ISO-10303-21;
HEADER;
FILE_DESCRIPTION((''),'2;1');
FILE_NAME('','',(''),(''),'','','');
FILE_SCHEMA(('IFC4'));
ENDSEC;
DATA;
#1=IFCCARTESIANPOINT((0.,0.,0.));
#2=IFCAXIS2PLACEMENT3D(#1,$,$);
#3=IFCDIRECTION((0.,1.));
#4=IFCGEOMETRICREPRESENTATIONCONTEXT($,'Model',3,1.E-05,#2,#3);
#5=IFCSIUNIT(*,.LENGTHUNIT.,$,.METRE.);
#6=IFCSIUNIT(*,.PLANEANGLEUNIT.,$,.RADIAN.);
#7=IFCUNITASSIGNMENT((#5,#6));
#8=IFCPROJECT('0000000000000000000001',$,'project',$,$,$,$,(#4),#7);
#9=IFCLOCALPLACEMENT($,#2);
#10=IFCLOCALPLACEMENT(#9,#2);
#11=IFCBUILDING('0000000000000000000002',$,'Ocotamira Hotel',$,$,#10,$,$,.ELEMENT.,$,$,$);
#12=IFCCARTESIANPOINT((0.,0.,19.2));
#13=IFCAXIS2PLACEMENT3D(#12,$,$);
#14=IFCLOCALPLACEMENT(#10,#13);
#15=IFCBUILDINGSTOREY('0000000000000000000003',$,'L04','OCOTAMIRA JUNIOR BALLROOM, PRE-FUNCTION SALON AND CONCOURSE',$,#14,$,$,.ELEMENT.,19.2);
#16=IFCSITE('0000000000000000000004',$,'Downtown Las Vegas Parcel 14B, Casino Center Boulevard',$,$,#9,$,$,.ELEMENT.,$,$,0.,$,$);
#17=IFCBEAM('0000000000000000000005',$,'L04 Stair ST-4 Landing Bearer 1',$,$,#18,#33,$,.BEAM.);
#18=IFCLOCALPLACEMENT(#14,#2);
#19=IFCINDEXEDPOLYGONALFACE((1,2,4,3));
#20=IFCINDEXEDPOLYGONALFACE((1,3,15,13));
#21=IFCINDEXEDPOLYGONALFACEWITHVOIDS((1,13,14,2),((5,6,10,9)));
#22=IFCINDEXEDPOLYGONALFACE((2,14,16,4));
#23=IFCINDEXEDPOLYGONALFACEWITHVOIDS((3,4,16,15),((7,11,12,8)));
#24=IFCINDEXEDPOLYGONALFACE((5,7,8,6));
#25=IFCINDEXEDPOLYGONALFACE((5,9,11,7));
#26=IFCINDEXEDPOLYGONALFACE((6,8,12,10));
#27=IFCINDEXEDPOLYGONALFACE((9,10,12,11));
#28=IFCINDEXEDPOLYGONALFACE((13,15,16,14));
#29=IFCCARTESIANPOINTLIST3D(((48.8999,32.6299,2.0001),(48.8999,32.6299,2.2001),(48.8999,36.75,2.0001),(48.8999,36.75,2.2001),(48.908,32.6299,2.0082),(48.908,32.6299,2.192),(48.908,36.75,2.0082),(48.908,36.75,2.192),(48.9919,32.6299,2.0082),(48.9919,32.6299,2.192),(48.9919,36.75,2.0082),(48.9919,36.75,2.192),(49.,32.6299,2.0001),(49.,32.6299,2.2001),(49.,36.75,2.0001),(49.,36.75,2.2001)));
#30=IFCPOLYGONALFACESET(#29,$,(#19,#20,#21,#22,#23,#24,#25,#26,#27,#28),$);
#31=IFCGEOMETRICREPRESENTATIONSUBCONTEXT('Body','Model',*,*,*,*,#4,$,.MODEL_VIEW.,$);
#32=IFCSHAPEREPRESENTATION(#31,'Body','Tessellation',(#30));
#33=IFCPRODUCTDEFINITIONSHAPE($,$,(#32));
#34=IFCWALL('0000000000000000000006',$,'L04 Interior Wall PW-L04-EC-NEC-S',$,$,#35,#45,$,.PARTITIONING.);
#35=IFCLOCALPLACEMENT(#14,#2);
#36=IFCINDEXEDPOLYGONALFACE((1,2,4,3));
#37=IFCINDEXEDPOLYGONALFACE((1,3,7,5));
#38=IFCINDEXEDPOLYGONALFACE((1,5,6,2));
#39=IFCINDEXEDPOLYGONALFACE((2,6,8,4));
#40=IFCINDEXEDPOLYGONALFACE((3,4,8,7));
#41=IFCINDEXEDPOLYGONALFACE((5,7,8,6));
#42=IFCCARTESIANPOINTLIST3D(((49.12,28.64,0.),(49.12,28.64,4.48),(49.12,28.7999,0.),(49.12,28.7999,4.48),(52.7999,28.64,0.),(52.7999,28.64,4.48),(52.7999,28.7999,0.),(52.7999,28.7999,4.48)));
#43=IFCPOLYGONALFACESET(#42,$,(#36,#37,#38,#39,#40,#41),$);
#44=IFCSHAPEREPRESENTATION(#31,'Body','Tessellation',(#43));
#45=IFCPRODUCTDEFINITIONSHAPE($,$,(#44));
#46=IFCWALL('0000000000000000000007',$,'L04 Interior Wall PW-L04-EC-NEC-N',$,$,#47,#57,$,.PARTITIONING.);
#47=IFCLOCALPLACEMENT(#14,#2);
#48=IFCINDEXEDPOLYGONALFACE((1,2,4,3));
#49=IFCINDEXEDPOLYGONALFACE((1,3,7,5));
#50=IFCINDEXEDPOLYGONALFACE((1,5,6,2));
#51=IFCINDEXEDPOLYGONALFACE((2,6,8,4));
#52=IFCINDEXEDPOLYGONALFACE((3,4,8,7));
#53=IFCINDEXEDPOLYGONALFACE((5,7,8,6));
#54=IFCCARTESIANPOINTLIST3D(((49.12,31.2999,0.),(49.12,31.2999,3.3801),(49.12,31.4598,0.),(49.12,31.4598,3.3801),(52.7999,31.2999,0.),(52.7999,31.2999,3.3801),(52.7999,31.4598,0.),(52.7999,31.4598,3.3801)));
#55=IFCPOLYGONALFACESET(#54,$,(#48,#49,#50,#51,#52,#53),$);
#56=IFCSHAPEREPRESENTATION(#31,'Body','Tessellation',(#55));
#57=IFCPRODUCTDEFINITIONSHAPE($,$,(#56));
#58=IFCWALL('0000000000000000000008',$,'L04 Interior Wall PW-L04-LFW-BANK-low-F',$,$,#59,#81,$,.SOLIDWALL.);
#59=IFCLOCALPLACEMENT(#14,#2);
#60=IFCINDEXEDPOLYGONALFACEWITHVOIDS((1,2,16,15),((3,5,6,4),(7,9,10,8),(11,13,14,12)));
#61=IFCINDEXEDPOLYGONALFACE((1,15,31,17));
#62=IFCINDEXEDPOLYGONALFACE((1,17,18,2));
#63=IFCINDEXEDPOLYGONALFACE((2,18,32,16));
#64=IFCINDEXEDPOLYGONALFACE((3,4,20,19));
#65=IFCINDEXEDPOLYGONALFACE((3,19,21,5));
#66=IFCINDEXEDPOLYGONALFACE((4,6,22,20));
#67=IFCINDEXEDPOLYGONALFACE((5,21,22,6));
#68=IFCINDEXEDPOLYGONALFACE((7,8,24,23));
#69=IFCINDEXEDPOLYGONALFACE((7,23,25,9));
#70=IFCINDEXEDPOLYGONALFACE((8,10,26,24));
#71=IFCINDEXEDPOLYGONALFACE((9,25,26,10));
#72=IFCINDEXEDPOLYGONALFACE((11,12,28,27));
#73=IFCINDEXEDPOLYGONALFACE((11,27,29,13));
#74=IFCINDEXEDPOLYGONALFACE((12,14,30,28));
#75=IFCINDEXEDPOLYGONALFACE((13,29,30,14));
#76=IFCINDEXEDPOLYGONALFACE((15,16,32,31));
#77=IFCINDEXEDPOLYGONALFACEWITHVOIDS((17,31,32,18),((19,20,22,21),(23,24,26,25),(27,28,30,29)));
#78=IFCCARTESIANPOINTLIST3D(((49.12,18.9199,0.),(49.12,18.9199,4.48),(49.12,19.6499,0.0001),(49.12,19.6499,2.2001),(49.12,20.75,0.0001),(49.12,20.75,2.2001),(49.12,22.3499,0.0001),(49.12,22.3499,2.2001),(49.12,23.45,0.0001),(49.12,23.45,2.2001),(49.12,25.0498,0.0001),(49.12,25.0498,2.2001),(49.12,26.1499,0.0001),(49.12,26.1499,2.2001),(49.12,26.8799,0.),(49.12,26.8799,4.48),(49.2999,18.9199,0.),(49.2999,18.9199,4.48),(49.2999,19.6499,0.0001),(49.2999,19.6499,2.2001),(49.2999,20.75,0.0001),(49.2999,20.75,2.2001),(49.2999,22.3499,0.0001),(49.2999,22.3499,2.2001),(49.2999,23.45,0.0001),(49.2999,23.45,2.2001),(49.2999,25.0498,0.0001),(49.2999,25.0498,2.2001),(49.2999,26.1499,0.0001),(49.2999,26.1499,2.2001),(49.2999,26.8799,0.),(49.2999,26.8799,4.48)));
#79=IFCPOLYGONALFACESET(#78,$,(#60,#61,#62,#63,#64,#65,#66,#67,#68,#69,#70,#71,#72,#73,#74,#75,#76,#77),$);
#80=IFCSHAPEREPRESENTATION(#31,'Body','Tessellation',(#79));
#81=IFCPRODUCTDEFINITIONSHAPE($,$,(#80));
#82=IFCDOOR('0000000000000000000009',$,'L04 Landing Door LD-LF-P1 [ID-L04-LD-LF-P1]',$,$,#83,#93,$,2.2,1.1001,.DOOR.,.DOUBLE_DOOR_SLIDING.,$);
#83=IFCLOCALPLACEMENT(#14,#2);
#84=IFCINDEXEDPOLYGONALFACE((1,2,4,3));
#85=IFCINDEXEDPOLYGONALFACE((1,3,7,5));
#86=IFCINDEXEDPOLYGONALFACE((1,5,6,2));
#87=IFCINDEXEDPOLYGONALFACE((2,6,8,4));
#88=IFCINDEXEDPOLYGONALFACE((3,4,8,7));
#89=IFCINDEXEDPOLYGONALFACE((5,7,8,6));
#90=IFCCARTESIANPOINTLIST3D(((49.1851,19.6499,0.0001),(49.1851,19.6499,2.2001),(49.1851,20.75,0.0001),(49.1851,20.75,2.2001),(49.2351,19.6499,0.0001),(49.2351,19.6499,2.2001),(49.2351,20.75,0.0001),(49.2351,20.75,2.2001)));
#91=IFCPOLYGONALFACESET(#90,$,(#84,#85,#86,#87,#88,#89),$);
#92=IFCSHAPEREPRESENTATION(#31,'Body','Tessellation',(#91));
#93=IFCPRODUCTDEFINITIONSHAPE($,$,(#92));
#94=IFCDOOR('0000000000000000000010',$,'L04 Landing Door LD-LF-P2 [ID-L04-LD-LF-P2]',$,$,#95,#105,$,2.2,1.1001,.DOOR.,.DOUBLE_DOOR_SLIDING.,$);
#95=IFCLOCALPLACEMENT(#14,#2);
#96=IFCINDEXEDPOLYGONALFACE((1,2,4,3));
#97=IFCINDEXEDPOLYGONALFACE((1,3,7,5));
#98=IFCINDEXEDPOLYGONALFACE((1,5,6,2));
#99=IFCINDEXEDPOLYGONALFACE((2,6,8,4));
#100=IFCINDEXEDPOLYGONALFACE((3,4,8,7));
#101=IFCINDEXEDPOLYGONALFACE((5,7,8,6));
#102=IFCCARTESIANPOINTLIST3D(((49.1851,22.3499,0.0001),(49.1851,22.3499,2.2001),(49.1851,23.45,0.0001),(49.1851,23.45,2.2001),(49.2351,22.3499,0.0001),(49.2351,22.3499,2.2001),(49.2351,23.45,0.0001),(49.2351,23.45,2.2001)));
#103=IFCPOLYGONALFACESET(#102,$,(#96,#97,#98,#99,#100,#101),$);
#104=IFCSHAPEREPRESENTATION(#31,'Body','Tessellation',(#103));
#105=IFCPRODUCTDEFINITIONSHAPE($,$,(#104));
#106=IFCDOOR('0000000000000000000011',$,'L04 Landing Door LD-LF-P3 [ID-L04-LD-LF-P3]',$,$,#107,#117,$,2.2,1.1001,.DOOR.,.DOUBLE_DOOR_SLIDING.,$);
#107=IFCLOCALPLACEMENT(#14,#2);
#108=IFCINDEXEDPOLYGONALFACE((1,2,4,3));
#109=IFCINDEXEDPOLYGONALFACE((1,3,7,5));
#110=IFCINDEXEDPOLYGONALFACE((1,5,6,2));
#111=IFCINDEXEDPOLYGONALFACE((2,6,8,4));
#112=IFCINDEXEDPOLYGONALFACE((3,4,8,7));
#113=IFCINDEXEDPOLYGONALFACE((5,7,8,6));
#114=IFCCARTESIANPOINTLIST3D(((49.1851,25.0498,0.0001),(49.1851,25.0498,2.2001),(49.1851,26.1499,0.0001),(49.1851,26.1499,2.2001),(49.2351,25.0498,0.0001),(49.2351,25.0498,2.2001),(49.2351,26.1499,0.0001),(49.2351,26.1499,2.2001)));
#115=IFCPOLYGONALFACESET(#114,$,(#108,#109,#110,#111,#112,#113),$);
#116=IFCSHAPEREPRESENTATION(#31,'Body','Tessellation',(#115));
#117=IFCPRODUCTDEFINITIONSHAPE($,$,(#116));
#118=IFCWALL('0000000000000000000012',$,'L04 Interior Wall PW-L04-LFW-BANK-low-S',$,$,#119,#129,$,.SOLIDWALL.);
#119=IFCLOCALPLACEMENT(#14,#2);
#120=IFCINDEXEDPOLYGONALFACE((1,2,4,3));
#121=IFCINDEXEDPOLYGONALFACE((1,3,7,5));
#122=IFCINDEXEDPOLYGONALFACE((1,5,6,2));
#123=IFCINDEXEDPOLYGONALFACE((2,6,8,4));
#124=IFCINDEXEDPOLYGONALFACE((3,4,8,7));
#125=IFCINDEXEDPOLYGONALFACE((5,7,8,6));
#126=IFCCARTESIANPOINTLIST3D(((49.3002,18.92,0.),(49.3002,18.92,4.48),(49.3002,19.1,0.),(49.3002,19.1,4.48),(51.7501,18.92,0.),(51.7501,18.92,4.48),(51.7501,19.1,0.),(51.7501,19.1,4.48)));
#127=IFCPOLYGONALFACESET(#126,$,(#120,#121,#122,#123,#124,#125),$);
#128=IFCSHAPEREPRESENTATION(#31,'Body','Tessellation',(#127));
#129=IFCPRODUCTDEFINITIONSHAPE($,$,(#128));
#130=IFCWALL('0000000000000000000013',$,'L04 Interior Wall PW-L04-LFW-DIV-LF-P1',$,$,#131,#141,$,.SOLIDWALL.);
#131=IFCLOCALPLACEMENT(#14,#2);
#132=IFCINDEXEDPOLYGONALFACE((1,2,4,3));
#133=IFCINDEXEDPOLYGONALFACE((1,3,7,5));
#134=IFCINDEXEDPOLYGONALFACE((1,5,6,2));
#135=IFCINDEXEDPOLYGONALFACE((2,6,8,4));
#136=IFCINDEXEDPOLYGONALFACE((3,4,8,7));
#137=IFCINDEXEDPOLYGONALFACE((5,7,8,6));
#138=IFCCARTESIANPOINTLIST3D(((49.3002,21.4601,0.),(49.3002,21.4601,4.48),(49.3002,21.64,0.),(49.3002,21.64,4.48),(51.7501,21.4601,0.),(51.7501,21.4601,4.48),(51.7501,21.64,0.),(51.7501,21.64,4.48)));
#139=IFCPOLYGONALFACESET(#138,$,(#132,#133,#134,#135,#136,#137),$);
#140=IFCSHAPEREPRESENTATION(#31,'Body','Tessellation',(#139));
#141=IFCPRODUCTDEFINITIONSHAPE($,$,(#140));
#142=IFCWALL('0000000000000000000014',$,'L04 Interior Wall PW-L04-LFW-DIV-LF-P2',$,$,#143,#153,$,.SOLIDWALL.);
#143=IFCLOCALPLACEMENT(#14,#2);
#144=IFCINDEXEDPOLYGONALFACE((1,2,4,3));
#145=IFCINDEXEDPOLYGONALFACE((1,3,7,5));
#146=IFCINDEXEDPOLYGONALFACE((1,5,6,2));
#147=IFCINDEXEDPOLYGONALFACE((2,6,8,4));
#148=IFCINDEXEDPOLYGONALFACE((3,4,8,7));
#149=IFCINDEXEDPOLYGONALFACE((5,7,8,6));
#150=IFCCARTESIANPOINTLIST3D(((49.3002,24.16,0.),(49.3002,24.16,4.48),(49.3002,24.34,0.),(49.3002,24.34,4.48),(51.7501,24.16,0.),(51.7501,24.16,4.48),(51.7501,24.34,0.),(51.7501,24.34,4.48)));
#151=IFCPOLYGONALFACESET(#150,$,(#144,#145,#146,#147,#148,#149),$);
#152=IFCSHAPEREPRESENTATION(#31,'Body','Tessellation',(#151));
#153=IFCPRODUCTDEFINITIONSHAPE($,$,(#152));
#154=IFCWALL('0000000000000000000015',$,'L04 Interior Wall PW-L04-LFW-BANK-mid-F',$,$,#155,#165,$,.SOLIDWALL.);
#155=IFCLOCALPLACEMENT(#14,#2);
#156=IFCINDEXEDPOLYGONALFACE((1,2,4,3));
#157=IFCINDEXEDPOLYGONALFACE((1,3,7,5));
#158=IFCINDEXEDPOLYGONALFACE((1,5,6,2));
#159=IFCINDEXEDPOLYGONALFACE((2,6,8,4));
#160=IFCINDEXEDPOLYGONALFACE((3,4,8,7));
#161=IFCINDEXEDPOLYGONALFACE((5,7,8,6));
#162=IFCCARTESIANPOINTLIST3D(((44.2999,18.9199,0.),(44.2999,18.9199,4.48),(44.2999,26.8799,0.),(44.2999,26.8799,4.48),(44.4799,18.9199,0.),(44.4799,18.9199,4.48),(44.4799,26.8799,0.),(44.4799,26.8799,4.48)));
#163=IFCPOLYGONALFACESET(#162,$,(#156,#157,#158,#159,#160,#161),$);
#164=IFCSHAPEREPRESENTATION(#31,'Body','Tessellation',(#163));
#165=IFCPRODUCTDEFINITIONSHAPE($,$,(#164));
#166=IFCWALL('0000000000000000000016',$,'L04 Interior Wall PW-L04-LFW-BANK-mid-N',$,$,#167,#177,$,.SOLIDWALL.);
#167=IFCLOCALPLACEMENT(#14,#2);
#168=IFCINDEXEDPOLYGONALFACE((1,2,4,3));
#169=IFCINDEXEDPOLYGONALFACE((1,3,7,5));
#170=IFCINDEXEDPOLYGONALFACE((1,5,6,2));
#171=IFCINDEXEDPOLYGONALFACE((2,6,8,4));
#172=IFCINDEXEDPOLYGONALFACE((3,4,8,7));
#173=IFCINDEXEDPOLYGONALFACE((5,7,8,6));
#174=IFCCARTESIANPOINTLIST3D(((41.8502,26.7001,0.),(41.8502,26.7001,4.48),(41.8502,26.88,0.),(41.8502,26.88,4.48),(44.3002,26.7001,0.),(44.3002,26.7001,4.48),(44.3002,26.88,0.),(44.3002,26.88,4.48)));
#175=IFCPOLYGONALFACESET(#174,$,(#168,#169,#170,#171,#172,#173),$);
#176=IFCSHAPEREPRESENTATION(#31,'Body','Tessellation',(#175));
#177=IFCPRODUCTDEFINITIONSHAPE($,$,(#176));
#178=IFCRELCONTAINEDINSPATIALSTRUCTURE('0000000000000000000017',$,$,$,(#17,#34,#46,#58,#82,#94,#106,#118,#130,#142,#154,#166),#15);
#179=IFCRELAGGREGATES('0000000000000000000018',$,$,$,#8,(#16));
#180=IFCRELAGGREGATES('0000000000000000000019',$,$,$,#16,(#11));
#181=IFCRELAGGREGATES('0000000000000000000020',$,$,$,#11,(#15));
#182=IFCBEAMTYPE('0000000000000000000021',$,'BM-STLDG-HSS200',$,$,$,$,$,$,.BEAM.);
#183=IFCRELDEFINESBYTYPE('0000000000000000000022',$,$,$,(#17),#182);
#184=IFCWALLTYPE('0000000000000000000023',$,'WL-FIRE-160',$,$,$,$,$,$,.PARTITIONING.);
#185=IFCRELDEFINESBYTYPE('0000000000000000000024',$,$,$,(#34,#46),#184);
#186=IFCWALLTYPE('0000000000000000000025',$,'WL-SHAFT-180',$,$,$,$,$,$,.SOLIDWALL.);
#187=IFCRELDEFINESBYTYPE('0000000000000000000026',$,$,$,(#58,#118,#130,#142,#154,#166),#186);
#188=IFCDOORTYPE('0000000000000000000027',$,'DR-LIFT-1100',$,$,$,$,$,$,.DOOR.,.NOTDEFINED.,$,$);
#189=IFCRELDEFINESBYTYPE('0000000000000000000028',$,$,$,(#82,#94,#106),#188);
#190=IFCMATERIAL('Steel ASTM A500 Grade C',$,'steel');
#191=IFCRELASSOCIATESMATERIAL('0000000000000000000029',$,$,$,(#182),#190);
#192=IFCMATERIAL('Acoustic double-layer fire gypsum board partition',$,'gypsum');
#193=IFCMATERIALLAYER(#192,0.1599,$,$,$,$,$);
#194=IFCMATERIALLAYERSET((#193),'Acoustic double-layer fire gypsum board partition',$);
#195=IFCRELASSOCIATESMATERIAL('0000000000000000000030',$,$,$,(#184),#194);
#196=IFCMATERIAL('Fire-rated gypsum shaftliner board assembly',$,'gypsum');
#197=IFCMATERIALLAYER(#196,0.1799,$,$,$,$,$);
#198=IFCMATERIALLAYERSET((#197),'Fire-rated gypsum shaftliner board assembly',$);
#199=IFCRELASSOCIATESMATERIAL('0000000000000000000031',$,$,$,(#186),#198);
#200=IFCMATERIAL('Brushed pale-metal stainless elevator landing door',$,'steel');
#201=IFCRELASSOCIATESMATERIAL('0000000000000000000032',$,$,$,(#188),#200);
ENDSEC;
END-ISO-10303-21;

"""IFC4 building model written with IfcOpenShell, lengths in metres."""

from ifc_helpers import new_model, si_unit, direction, frame, frame_2d, origin, origin_2d, place, context, subcontext, project, spatial, rectangle, hollow_rectangle, extrude, source, transform, mapped, material, layer, layer_set, material_profile, profile_set, type_object, element, fill, save


model = new_model("IFC4")

# Units and contexts
model_context = context("Model", 3, precision=1e-05, world=origin(), true_north=direction((0.0, 1.0)))
body_context = subcontext(model_context, "Body", "Model", "MODEL_VIEW")
ifc_project = project(units=[si_unit("LENGTHUNIT", "METRE"), si_unit("PLANEANGLEUNIT", "RADIAN")], contexts=[model_context])

# Site, building, storey
site_placement = place(None, origin())
site = spatial("IfcSite", under=ifc_project, at=site_placement, Name="Downtown Las Vegas Parcel 14B, Casino Center Boulevard", CompositionType="ELEMENT", RefElevation=0.0)
building_placement = place(site_placement, origin())
building = spatial("IfcBuilding", under=site, at=building_placement, Name="Ocotamira Hotel", CompositionType="ELEMENT")
storey_placement = place(building_placement, frame((0.0, 0.0, 19.2)))
storey = spatial("IfcBuildingStorey", under=building, at=storey_placement, Name="L04", Description="OCOTAMIRA JUNIOR BALLROOM, PRE-FUNCTION SALON AND CONCOURSE", CompositionType="ELEMENT", Elevation=19.2)

# Beam
ifc_material_1 = material(Name="Steel ASTM A500 Grade C", Category="steel")
ifc_material_profile = material_profile(ifc_material_1, hollow_rectangle(XDim=0.1001, YDim=0.2, WallThickness=0.0081, at=origin_2d()), Name="HSS200X100X8")
ifc_profile_set = profile_set([ifc_material_profile], Name="Steel ASTM A500 Grade C")
beam_type = type_object("IfcBeamType", Name="BM-STLDG-HSS200", PredefinedType="BEAM", material=ifc_profile_set)
shared_shape_1 = source(origin(), body_context, "Body", "SweptSolid", [
    extrude(hollow_rectangle(XDim=0.1001, YDim=0.2, WallThickness=0.0081, at=origin_2d()), origin(), (0.0, 0.0, 1.0), 4.1201),
])
beam_placement = place(storey_placement, frame((48.95, 32.6299, 2.1001), z_axis=(0.0, 1.0, 0.0), x_axis=(-1.0, 0.0, 0.0)))
element("IfcBeam", 1, at=beam_placement, inside=storey, type_object=beam_type, Name="L04 Stair ST-4 Landing Bearer 1", PredefinedType="BEAM", context=body_context, shape_type="MappedRepresentation", body=[
    mapped(shared_shape_1, transform((0.0, 0.0, 0.0), scale=1.0)),
])

# Walls
ifc_material_2 = material(Name="Acoustic double-layer fire gypsum board partition", Category="gypsum")
ifc_layer_1 = layer(ifc_material_2, 0.1599)
ifc_layer_set_1 = layer_set([ifc_layer_1], Name="Acoustic double-layer fire gypsum board partition")
wall_type_1 = type_object("IfcWallType", Name="WL-FIRE-160", PredefinedType="PARTITIONING", material=ifc_layer_set_1)
wall_1_placement = place(storey_placement, frame((49.1201, 28.72, 0.0), z_axis=(0.0, 0.0, 1.0), x_axis=(1.0, 0.0, 0.0)))
element("IfcWall", 2, at=wall_1_placement, inside=storey, type_object=wall_type_1, Name="L04 Interior Wall PW-L04-EC-NEC-S", PredefinedType="PARTITIONING", context=body_context, shape_type="SweptSolid", body=[
    extrude(rectangle(XDim=3.6799, YDim=0.1599, at=frame_2d((1.8398, 0.0))), origin(), (0.0, 0.0, 1.0), 4.48),
])
wall_2_placement = place(storey_placement, frame((49.1201, 31.3799, 0.0), z_axis=(0.0, 0.0, 1.0), x_axis=(1.0, 0.0, 0.0)))
element("IfcWall", 3, at=wall_2_placement, inside=storey, type_object=wall_type_1, Name="L04 Interior Wall PW-L04-EC-NEC-N", PredefinedType="PARTITIONING", context=body_context, shape_type="SweptSolid", body=[
    extrude(rectangle(XDim=3.6799, YDim=0.1599, at=frame_2d((1.8398, 0.0))), origin(), (0.0, 0.0, 1.0), 3.3801),
])

# Wall, openings, doors
ifc_material_3 = material(Name="Fire-rated gypsum shaftliner board assembly", Category="gypsum")
ifc_layer_2 = layer(ifc_material_3, 0.1799)
ifc_layer_set_2 = layer_set([ifc_layer_2], Name="Fire-rated gypsum shaftliner board assembly")
wall_type_2 = type_object("IfcWallType", Name="WL-SHAFT-180", PredefinedType="SOLIDWALL", material=ifc_layer_set_2)
wall_3_placement = place(storey_placement, frame((49.21, 18.9199, 0.0), z_axis=(0.0, 0.0, 1.0), x_axis=(0.0, 1.0, 0.0)))
wall_3 = element("IfcWall", 4, at=wall_3_placement, inside=storey, type_object=wall_type_2, Name="L04 Interior Wall PW-L04-LFW-BANK-low-F", PredefinedType="SOLIDWALL", context=body_context, shape_type="SweptSolid", body=[
    extrude(rectangle(XDim=7.96, YDim=0.1799, at=frame_2d((3.98, 0.0))), origin(), (0.0, 0.0, 1.0), 4.48),
])
opening_1_placement = place(wall_3_placement, frame((0.73, 0.0, 0.0)))
opening_1 = element("IfcOpeningElement", 5, at=opening_1_placement, cuts=wall_3, PredefinedType="OPENING", context=body_context, shape_type="SweptSolid", body=[
    extrude(rectangle(XDim=1.1001, YDim=2.2, at=frame_2d((0.55, 1.1001))), frame((0.0, 0.1001, 0.0), z_axis=(0.0, -1.0, 0.0), x_axis=(1.0, 0.0, 0.0)), (0.0, 0.0, 1.0), 0.2),
])
opening_2_placement = place(wall_3_placement, frame((3.4299, 0.0, 0.0)))
opening_2 = element("IfcOpeningElement", 6, at=opening_2_placement, cuts=wall_3, PredefinedType="OPENING", context=body_context, shape_type="SweptSolid", body=[
    extrude(rectangle(XDim=1.1001, YDim=2.2, at=frame_2d((0.55, 1.1001))), frame((0.0, 0.1001, 0.0), z_axis=(0.0, -1.0, 0.0), x_axis=(1.0, 0.0, 0.0)), (0.0, 0.0, 1.0), 0.2),
])
opening_3_placement = place(wall_3_placement, frame((6.1299, 0.0, 0.0)))
opening_3 = element("IfcOpeningElement", 7, at=opening_3_placement, cuts=wall_3, PredefinedType="OPENING", context=body_context, shape_type="SweptSolid", body=[
    extrude(rectangle(XDim=1.1001, YDim=2.2, at=frame_2d((0.55, 1.1001))), frame((0.0, 0.1001, 0.0), z_axis=(0.0, -1.0, 0.0), x_axis=(1.0, 0.0, 0.0)), (0.0, 0.0, 1.0), 0.2),
])
ifc_material_4 = material(Name="Brushed pale-metal stainless elevator landing door", Category="steel")
door_type_1 = type_object("IfcDoorType", Name="DR-LIFT-1100", OperationType="NOTDEFINED", PredefinedType="DOOR", material=ifc_material_4)
shared_shape_2 = source(origin(), body_context, "Body", "SweptSolid", [
    extrude(rectangle(XDim=1.1001, YDim=2.2, at=frame_2d((0.55, 1.1001))), frame((0.0, 0.0249, 0.0), z_axis=(0.0, -1.0, 0.0), x_axis=(1.0, 0.0, 0.0)), (0.0, 0.0, 1.0), 0.05),
])
door_1_placement = place(opening_1_placement, origin())
door_1 = element("IfcDoor", 8, at=door_1_placement, inside=storey, type_object=door_type_1, Name="L04 Landing Door LD-LF-P1 [ID-L04-LD-LF-P1]", OperationType="DOUBLE_DOOR_SLIDING", OverallHeight=2.2, OverallWidth=1.1001, PredefinedType="DOOR", context=body_context, shape_type="MappedRepresentation", body=[
    mapped(shared_shape_2, transform((0.0, 0.0, 0.0), scale=1.0)),
])
fill(opening_1, door_1)
door_2_placement = place(opening_2_placement, origin())
door_2 = element("IfcDoor", 9, at=door_2_placement, inside=storey, type_object=door_type_1, Name="L04 Landing Door LD-LF-P2 [ID-L04-LD-LF-P2]", OperationType="DOUBLE_DOOR_SLIDING", OverallHeight=2.2, OverallWidth=1.1001, PredefinedType="DOOR", context=body_context, shape_type="MappedRepresentation", body=[
    mapped(shared_shape_2, transform((0.0, 0.0, 0.0), scale=1.0)),
])
fill(opening_2, door_2)
door_3_placement = place(opening_3_placement, origin())
door_3 = element("IfcDoor", 10, at=door_3_placement, inside=storey, type_object=door_type_1, Name="L04 Landing Door LD-LF-P3 [ID-L04-LD-LF-P3]", OperationType="DOUBLE_DOOR_SLIDING", OverallHeight=2.2, OverallWidth=1.1001, PredefinedType="DOOR", context=body_context, shape_type="MappedRepresentation", body=[
    mapped(shared_shape_2, transform((0.0, 0.0, 0.0), scale=1.0)),
])
fill(opening_3, door_3)

# Walls
for number, where, z_axis, x_axis, name in (
    (11, (49.3, 19.01, 0.0), (0.0, 0.0, 1.0), (1.0, 0.0, 0.0), "L04 Interior Wall PW-L04-LFW-BANK-low-S"),
    (12, (49.3, 21.55, 0.0), (0.0, 0.0, 1.0), (1.0, 0.0, 0.0), "L04 Interior Wall PW-L04-LFW-DIV-LF-P1"),
    (13, (49.3, 24.25, 0.0), (0.0, 0.0, 1.0), (1.0, 0.0, 0.0), "L04 Interior Wall PW-L04-LFW-DIV-LF-P2"),
):
    element("IfcWall", number, at=place(storey_placement, frame(where, z_axis=z_axis, x_axis=x_axis)), inside=storey, type_object=wall_type_2, Name=name, PredefinedType="SOLIDWALL", context=body_context, shape_type="SweptSolid", body=[
        extrude(rectangle(XDim=2.45, YDim=0.1799, at=frame_2d((1.2251, 0.0))), origin(), (0.0, 0.0, 1.0), 4.48),
    ])
wall_4_placement = place(storey_placement, frame((44.3899, 18.9199, 0.0), z_axis=(0.0, 0.0, 1.0), x_axis=(0.0, 1.0, 0.0)))
element("IfcWall", 14, at=wall_4_placement, inside=storey, type_object=wall_type_2, Name="L04 Interior Wall PW-L04-LFW-BANK-mid-F", PredefinedType="SOLIDWALL", context=body_context, shape_type="SweptSolid", body=[
    extrude(rectangle(XDim=7.96, YDim=0.1799, at=frame_2d((3.98, 0.0))), origin(), (0.0, 0.0, 1.0), 4.48),
])
for number, where, z_axis, x_axis, name in (
    (15, (41.8501, 26.79, 0.0), (0.0, 0.0, 1.0), (1.0, 0.0, 0.0), "L04 Interior Wall PW-L04-LFW-BANK-mid-N"),
):
    element("IfcWall", number, at=place(storey_placement, frame(where, z_axis=z_axis, x_axis=x_axis)), inside=storey, type_object=wall_type_2, Name=name, PredefinedType="SOLIDWALL", context=body_context, shape_type="SweptSolid", body=[
        extrude(rectangle(XDim=2.45, YDim=0.1799, at=frame_2d((1.2251, 0.0))), origin(), (0.0, 0.0, 1.0), 4.48),
    ])

save(model, "model.ifc")
